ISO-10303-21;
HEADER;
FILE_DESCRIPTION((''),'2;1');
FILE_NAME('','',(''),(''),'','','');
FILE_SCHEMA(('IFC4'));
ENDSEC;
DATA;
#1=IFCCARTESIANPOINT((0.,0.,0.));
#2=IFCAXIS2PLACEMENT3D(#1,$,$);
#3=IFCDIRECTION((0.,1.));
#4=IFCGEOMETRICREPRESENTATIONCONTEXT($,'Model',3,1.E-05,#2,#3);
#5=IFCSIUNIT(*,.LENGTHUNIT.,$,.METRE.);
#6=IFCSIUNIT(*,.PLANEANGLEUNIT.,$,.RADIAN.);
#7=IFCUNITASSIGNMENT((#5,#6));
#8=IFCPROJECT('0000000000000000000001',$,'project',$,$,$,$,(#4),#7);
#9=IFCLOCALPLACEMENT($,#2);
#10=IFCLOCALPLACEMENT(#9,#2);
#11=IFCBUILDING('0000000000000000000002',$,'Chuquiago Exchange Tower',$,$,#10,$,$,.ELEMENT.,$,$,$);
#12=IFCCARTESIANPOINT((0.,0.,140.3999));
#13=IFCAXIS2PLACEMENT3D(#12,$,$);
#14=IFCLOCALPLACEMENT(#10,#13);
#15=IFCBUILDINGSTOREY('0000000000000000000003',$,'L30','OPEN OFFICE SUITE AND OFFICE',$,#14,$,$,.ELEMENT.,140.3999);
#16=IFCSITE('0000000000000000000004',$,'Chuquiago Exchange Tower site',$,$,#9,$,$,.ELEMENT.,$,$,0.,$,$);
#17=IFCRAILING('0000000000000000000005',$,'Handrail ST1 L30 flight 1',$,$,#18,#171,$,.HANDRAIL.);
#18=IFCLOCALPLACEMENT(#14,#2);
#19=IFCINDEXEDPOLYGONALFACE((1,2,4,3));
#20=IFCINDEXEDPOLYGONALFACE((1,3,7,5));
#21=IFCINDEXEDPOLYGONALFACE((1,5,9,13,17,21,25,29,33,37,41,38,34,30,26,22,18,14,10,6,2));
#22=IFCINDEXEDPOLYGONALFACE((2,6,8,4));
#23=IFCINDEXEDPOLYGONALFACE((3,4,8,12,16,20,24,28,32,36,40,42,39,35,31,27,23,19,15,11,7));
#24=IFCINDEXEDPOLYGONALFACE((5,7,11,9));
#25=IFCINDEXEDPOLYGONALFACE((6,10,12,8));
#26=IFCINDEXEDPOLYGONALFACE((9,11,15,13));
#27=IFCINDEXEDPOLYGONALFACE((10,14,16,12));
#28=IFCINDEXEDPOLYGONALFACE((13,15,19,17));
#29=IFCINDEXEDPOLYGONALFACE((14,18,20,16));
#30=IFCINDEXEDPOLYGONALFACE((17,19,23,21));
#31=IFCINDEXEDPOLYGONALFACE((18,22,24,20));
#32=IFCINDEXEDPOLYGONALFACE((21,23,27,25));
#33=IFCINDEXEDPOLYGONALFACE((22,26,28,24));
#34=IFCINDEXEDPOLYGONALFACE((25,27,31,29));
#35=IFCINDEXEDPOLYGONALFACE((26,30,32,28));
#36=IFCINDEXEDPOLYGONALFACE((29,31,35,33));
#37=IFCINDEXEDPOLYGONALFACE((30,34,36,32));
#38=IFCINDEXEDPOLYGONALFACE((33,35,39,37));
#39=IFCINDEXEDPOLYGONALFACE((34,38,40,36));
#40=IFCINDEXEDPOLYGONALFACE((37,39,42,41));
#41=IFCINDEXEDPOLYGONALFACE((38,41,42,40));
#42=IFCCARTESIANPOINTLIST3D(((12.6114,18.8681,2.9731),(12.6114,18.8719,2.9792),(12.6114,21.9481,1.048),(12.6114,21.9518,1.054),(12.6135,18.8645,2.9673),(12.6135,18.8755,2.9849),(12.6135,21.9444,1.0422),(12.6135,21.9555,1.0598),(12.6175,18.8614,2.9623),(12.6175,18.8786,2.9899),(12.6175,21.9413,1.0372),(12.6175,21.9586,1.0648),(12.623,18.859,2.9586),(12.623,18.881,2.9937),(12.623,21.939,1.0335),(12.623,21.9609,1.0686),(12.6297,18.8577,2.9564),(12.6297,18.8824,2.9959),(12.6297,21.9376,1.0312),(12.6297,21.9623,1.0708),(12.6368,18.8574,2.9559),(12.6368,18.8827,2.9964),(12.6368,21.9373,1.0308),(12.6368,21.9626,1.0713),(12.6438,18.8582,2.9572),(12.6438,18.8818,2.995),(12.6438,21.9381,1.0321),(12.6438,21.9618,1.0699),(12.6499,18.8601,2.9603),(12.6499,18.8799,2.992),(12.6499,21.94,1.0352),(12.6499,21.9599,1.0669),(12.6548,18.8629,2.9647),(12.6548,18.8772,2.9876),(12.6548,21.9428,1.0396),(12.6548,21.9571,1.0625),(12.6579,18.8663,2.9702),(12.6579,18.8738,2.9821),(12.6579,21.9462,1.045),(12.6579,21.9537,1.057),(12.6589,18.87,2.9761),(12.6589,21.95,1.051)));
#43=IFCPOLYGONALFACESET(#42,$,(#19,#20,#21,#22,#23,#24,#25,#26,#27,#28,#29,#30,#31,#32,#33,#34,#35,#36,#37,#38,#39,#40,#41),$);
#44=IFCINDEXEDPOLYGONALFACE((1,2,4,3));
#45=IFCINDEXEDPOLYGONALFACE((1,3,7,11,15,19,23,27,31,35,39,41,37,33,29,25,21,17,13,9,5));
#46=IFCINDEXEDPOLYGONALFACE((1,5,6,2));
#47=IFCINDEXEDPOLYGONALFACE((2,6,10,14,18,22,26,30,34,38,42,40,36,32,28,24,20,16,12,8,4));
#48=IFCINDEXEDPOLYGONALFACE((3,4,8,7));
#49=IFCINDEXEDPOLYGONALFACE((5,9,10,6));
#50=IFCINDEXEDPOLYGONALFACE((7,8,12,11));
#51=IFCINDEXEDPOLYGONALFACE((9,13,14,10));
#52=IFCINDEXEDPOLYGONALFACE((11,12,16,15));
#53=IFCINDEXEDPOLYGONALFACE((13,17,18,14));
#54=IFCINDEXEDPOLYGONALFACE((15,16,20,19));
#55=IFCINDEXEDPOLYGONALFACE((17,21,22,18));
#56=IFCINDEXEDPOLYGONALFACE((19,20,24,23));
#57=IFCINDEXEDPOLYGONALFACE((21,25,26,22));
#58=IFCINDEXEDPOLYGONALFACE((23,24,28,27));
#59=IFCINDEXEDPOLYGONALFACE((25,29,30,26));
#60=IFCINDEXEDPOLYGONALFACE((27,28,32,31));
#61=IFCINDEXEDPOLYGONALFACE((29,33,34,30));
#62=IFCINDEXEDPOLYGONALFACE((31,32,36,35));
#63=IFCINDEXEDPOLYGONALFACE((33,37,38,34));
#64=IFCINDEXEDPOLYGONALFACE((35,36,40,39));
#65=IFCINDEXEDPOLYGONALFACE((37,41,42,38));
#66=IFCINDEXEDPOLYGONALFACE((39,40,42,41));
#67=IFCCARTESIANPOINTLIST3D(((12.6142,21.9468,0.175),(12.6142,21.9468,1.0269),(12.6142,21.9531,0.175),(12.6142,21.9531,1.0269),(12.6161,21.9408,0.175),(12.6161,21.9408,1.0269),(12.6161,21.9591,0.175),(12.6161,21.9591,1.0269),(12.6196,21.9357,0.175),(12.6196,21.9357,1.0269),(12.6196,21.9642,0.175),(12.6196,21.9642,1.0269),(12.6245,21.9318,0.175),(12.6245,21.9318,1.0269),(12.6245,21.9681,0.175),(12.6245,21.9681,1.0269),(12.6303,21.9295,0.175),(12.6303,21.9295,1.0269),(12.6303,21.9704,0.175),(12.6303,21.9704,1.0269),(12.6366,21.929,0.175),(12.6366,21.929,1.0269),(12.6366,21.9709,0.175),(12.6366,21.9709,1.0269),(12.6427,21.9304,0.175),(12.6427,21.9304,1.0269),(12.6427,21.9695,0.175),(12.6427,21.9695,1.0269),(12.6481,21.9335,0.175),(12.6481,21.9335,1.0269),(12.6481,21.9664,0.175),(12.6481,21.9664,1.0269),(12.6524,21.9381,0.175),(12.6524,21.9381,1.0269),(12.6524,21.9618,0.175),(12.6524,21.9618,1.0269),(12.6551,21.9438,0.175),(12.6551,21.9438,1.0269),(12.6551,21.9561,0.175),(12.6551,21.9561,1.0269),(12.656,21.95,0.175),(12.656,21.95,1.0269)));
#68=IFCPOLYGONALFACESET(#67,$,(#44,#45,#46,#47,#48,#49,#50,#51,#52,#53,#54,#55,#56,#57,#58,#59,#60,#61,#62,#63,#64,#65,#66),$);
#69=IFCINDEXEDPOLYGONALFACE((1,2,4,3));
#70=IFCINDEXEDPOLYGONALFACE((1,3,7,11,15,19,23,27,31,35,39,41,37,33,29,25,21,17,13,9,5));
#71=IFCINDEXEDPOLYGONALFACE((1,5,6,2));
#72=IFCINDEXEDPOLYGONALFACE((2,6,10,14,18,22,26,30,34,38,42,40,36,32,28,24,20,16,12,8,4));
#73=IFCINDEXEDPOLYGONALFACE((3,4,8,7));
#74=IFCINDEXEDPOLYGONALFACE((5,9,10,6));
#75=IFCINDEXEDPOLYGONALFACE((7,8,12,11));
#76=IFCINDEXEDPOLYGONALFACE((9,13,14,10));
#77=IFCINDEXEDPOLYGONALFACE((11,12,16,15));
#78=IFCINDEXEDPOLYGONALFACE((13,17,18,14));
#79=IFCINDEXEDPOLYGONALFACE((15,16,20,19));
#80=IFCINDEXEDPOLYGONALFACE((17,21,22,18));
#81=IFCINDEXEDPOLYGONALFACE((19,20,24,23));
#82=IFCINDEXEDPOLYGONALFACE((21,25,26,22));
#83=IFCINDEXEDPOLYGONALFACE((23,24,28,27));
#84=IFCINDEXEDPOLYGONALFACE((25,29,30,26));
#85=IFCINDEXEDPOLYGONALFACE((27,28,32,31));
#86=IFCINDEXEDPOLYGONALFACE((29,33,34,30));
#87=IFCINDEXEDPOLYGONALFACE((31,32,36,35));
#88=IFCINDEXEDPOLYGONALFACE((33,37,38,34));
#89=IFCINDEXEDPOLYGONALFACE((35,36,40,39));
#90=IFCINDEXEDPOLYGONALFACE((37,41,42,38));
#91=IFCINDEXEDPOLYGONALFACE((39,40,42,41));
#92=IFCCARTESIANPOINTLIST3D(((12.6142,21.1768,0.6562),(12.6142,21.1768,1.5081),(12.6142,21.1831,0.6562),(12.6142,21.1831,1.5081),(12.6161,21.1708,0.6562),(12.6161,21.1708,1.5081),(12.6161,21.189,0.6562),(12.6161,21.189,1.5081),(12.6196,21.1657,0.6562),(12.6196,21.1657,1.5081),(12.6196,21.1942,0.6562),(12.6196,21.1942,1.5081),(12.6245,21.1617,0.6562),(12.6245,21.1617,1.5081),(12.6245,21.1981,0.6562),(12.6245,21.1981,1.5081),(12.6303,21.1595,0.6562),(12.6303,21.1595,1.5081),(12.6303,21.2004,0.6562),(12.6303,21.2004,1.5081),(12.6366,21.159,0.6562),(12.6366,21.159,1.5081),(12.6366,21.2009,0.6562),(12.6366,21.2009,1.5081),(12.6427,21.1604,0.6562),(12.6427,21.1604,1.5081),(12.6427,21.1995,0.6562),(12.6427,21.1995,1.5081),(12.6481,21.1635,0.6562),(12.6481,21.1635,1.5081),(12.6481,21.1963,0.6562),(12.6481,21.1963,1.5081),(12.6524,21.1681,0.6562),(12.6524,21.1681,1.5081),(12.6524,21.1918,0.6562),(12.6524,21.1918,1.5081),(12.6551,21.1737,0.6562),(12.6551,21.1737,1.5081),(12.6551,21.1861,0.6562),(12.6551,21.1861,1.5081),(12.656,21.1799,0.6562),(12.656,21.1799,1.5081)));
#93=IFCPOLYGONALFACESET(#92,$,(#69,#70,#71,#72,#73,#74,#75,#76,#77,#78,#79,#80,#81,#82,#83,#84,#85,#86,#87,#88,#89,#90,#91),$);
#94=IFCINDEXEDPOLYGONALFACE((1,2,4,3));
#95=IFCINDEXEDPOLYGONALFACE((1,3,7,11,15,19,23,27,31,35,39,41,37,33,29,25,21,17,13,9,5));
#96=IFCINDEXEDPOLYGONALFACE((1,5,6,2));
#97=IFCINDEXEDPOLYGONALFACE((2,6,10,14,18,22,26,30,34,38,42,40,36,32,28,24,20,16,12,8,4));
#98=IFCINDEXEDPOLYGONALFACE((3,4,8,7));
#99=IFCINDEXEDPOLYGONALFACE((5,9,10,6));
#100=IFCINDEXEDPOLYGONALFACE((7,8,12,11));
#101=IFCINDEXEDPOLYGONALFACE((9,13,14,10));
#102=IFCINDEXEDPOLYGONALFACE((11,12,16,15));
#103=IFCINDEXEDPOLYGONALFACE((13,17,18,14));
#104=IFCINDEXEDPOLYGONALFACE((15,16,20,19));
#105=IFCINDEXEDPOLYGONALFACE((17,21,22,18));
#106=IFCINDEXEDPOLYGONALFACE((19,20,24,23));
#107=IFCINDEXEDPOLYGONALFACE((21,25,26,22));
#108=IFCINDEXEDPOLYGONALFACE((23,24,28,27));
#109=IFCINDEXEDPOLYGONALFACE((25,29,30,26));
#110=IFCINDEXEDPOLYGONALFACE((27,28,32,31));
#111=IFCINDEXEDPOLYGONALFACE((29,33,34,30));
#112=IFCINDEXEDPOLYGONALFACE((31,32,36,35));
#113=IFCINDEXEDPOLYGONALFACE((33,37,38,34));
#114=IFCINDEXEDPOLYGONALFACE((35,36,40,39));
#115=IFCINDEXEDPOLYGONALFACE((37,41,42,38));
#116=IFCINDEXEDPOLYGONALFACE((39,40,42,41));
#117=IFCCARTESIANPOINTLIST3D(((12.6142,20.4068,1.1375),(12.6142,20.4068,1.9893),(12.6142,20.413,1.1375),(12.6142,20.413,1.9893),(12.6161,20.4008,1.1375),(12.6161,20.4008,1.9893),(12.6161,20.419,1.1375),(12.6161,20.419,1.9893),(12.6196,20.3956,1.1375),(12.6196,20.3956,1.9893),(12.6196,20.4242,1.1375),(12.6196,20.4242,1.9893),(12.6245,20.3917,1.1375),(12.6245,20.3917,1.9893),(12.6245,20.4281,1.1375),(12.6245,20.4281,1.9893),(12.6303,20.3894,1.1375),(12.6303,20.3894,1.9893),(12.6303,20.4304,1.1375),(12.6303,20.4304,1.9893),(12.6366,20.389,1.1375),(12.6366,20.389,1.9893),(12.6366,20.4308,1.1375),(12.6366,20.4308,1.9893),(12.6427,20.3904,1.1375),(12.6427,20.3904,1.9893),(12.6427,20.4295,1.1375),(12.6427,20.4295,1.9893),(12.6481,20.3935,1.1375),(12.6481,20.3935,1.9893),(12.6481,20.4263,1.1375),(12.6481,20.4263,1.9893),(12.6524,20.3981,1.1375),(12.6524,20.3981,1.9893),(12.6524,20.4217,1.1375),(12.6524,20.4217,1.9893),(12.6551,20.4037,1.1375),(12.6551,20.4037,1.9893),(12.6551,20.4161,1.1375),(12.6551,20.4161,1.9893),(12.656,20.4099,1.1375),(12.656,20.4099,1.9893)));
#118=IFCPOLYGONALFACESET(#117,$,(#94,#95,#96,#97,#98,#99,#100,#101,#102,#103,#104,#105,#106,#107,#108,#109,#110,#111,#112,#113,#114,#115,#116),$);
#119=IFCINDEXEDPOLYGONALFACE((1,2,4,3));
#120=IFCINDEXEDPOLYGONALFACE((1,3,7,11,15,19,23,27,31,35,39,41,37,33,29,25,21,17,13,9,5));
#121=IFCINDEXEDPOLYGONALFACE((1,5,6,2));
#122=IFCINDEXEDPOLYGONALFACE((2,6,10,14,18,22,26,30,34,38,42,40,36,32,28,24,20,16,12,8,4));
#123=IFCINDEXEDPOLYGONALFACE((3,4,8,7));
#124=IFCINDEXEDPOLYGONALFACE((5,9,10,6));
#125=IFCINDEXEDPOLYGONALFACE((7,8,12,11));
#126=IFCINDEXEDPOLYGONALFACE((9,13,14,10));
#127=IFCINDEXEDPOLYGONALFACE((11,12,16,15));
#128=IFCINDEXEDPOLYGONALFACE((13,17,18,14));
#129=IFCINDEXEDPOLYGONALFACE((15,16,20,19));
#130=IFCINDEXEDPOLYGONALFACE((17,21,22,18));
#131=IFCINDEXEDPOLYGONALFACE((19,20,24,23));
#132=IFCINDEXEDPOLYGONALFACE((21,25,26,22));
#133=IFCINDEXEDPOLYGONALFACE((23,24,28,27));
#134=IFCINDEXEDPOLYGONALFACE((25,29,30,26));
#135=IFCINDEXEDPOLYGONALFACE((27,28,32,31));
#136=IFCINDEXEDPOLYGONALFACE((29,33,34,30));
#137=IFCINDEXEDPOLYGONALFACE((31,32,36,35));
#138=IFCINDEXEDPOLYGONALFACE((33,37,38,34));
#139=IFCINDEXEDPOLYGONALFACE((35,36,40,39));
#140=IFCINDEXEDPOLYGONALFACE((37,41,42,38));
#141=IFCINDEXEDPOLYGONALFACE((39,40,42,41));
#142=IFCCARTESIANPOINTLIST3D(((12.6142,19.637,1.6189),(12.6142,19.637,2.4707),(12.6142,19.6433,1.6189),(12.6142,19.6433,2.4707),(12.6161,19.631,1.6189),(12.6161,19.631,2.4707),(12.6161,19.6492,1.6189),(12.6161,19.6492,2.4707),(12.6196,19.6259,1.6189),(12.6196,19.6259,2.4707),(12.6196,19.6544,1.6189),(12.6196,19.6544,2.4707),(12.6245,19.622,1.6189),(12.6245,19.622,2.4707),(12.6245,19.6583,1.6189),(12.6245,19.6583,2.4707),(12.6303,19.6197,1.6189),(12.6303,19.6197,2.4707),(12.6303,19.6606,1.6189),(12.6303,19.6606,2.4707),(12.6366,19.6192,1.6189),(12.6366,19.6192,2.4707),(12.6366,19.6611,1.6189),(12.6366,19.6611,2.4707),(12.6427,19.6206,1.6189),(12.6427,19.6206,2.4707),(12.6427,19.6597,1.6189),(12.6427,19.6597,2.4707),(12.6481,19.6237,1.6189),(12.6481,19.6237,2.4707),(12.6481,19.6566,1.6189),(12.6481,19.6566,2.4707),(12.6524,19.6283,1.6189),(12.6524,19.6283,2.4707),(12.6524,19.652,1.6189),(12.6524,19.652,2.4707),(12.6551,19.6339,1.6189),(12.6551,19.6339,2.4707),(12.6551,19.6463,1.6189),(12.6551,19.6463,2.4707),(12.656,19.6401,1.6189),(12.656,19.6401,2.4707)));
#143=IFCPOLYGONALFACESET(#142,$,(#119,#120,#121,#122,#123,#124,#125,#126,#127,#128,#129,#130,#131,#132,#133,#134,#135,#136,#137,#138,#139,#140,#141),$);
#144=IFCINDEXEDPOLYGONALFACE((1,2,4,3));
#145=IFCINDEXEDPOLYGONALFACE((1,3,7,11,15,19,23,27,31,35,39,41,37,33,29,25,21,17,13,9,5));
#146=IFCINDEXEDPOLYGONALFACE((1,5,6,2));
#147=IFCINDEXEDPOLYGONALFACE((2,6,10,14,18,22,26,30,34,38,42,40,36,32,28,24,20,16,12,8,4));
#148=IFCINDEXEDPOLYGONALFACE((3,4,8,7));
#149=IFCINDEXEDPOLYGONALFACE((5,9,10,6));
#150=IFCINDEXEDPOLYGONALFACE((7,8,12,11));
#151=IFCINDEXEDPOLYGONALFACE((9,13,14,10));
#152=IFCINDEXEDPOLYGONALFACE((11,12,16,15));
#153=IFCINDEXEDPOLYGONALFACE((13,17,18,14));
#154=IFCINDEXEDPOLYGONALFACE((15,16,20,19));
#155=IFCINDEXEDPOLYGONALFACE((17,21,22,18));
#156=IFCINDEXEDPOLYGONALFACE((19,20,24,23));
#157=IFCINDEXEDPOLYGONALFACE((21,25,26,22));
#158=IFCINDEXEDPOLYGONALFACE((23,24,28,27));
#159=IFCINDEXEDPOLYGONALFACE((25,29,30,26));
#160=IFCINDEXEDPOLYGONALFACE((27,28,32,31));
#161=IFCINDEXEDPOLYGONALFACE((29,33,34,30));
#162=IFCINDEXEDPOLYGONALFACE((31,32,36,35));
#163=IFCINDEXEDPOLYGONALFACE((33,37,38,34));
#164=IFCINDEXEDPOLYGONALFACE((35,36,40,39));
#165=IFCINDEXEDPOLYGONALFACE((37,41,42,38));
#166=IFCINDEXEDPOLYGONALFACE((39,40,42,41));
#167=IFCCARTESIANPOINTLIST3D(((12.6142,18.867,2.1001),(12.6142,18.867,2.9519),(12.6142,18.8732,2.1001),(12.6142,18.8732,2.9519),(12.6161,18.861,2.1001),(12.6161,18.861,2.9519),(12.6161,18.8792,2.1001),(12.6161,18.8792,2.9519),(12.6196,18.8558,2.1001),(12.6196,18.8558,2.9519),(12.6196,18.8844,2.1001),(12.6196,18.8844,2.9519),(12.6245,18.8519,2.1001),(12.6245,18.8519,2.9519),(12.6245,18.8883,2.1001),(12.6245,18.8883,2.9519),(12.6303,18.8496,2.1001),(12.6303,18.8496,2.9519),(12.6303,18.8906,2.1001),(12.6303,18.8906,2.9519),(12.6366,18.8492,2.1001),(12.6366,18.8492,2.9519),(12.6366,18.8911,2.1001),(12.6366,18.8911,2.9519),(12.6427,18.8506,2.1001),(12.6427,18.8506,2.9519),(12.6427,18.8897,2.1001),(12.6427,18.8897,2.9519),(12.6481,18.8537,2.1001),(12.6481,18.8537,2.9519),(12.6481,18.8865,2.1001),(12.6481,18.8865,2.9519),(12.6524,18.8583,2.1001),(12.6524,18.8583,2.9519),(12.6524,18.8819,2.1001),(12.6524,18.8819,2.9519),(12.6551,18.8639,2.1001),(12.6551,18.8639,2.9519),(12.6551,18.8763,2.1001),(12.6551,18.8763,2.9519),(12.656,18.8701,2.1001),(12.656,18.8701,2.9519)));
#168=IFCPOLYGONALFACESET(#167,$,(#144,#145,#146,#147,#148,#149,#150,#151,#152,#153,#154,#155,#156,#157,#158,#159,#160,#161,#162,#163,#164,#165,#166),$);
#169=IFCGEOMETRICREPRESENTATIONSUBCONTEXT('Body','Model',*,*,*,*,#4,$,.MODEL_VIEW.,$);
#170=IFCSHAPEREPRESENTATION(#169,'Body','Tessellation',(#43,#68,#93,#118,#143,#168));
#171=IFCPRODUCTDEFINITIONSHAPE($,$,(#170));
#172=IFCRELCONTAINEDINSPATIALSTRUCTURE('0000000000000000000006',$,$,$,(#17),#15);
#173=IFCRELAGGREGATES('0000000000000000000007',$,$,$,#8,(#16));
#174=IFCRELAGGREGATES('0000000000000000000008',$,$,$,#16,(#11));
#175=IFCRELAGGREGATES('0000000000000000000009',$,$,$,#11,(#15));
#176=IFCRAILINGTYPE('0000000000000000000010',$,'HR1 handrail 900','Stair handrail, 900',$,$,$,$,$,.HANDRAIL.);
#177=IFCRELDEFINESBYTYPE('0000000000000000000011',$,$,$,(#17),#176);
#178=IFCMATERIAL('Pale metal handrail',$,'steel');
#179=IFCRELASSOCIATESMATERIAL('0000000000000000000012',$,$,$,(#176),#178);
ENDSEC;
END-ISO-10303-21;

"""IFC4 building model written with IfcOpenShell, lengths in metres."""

from ifc_helpers import new_model, si_unit, direction, frame, origin, origin_2d, place, context, subcontext, project, spatial, circle, extrude, material, type_object, element, save


model = new_model("IFC4")

# Units and contexts
model_context = context("Model", 3, precision=1e-05, world=origin(), true_north=direction((0.0, 1.0)))
body_context = subcontext(model_context, "Body", "Model", "MODEL_VIEW")
ifc_project = project(units=[si_unit("LENGTHUNIT", "METRE"), si_unit("PLANEANGLEUNIT", "RADIAN")], contexts=[model_context])

# Site, building, storey
site_placement = place(None, origin())
site = spatial("IfcSite", under=ifc_project, at=site_placement, Name="Chuquiago Exchange Tower site", CompositionType="ELEMENT", RefElevation=0.0)
building_placement = place(site_placement, origin())
building = spatial("IfcBuilding", under=site, at=building_placement, Name="Chuquiago Exchange Tower", CompositionType="ELEMENT")
storey_placement = place(building_placement, frame((0.0, 0.0, 140.3999)))
storey = spatial("IfcBuildingStorey", under=building, at=storey_placement, Name="L30", Description="OPEN OFFICE SUITE AND OFFICE", CompositionType="ELEMENT", Elevation=140.3999)

# Railing
ifc_material_1 = material(Name="Pale metal handrail", Category="steel")
railing_type = type_object("IfcRailingType", Name="HR1 handrail 900", Description="Stair handrail, 900", PredefinedType="HANDRAIL", material=ifc_material_1)
for number, where, name in (
    (1, (12.635, 21.95, 0.175), "Handrail ST1 L30 flight 1"),
):
    element("IfcRailing", number, at=place(storey_placement, frame(where)), inside=storey, type_object=railing_type, Name=name, PredefinedType="HANDRAIL", context=body_context, shape_type="SweptSolid", body=[
        extrude(circle(Radius=0.0239, at=origin_2d()), frame((0.0, 0.0, 0.876), z_axis=(0.0, -0.847979, 0.530029), x_axis=(1.0, 0.0, 0.0)), (0.0, 0.0, 1.0), 3.6321),
        extrude(circle(Radius=0.021, at=origin_2d()), origin(), (0.0, 0.0, 1.0), 0.8518),
        extrude(circle(Radius=0.021, at=origin_2d()), frame((0.0, -0.77, 0.4812)), (0.0, 0.0, 1.0), 0.8518),
        extrude(circle(Radius=0.021, at=origin_2d()), frame((0.0, -1.54, 0.9624)), (0.0, 0.0, 1.0), 0.8518),
        extrude(circle(Radius=0.021, at=origin_2d()), frame((0.0, -2.3098, 1.4438)), (0.0, 0.0, 1.0), 0.8518),
        extrude(circle(Radius=0.021, at=origin_2d()), frame((0.0, -3.0798, 1.925)), (0.0, 0.0, 1.0), 0.8518),
    ])

save(model, "model.ifc")
